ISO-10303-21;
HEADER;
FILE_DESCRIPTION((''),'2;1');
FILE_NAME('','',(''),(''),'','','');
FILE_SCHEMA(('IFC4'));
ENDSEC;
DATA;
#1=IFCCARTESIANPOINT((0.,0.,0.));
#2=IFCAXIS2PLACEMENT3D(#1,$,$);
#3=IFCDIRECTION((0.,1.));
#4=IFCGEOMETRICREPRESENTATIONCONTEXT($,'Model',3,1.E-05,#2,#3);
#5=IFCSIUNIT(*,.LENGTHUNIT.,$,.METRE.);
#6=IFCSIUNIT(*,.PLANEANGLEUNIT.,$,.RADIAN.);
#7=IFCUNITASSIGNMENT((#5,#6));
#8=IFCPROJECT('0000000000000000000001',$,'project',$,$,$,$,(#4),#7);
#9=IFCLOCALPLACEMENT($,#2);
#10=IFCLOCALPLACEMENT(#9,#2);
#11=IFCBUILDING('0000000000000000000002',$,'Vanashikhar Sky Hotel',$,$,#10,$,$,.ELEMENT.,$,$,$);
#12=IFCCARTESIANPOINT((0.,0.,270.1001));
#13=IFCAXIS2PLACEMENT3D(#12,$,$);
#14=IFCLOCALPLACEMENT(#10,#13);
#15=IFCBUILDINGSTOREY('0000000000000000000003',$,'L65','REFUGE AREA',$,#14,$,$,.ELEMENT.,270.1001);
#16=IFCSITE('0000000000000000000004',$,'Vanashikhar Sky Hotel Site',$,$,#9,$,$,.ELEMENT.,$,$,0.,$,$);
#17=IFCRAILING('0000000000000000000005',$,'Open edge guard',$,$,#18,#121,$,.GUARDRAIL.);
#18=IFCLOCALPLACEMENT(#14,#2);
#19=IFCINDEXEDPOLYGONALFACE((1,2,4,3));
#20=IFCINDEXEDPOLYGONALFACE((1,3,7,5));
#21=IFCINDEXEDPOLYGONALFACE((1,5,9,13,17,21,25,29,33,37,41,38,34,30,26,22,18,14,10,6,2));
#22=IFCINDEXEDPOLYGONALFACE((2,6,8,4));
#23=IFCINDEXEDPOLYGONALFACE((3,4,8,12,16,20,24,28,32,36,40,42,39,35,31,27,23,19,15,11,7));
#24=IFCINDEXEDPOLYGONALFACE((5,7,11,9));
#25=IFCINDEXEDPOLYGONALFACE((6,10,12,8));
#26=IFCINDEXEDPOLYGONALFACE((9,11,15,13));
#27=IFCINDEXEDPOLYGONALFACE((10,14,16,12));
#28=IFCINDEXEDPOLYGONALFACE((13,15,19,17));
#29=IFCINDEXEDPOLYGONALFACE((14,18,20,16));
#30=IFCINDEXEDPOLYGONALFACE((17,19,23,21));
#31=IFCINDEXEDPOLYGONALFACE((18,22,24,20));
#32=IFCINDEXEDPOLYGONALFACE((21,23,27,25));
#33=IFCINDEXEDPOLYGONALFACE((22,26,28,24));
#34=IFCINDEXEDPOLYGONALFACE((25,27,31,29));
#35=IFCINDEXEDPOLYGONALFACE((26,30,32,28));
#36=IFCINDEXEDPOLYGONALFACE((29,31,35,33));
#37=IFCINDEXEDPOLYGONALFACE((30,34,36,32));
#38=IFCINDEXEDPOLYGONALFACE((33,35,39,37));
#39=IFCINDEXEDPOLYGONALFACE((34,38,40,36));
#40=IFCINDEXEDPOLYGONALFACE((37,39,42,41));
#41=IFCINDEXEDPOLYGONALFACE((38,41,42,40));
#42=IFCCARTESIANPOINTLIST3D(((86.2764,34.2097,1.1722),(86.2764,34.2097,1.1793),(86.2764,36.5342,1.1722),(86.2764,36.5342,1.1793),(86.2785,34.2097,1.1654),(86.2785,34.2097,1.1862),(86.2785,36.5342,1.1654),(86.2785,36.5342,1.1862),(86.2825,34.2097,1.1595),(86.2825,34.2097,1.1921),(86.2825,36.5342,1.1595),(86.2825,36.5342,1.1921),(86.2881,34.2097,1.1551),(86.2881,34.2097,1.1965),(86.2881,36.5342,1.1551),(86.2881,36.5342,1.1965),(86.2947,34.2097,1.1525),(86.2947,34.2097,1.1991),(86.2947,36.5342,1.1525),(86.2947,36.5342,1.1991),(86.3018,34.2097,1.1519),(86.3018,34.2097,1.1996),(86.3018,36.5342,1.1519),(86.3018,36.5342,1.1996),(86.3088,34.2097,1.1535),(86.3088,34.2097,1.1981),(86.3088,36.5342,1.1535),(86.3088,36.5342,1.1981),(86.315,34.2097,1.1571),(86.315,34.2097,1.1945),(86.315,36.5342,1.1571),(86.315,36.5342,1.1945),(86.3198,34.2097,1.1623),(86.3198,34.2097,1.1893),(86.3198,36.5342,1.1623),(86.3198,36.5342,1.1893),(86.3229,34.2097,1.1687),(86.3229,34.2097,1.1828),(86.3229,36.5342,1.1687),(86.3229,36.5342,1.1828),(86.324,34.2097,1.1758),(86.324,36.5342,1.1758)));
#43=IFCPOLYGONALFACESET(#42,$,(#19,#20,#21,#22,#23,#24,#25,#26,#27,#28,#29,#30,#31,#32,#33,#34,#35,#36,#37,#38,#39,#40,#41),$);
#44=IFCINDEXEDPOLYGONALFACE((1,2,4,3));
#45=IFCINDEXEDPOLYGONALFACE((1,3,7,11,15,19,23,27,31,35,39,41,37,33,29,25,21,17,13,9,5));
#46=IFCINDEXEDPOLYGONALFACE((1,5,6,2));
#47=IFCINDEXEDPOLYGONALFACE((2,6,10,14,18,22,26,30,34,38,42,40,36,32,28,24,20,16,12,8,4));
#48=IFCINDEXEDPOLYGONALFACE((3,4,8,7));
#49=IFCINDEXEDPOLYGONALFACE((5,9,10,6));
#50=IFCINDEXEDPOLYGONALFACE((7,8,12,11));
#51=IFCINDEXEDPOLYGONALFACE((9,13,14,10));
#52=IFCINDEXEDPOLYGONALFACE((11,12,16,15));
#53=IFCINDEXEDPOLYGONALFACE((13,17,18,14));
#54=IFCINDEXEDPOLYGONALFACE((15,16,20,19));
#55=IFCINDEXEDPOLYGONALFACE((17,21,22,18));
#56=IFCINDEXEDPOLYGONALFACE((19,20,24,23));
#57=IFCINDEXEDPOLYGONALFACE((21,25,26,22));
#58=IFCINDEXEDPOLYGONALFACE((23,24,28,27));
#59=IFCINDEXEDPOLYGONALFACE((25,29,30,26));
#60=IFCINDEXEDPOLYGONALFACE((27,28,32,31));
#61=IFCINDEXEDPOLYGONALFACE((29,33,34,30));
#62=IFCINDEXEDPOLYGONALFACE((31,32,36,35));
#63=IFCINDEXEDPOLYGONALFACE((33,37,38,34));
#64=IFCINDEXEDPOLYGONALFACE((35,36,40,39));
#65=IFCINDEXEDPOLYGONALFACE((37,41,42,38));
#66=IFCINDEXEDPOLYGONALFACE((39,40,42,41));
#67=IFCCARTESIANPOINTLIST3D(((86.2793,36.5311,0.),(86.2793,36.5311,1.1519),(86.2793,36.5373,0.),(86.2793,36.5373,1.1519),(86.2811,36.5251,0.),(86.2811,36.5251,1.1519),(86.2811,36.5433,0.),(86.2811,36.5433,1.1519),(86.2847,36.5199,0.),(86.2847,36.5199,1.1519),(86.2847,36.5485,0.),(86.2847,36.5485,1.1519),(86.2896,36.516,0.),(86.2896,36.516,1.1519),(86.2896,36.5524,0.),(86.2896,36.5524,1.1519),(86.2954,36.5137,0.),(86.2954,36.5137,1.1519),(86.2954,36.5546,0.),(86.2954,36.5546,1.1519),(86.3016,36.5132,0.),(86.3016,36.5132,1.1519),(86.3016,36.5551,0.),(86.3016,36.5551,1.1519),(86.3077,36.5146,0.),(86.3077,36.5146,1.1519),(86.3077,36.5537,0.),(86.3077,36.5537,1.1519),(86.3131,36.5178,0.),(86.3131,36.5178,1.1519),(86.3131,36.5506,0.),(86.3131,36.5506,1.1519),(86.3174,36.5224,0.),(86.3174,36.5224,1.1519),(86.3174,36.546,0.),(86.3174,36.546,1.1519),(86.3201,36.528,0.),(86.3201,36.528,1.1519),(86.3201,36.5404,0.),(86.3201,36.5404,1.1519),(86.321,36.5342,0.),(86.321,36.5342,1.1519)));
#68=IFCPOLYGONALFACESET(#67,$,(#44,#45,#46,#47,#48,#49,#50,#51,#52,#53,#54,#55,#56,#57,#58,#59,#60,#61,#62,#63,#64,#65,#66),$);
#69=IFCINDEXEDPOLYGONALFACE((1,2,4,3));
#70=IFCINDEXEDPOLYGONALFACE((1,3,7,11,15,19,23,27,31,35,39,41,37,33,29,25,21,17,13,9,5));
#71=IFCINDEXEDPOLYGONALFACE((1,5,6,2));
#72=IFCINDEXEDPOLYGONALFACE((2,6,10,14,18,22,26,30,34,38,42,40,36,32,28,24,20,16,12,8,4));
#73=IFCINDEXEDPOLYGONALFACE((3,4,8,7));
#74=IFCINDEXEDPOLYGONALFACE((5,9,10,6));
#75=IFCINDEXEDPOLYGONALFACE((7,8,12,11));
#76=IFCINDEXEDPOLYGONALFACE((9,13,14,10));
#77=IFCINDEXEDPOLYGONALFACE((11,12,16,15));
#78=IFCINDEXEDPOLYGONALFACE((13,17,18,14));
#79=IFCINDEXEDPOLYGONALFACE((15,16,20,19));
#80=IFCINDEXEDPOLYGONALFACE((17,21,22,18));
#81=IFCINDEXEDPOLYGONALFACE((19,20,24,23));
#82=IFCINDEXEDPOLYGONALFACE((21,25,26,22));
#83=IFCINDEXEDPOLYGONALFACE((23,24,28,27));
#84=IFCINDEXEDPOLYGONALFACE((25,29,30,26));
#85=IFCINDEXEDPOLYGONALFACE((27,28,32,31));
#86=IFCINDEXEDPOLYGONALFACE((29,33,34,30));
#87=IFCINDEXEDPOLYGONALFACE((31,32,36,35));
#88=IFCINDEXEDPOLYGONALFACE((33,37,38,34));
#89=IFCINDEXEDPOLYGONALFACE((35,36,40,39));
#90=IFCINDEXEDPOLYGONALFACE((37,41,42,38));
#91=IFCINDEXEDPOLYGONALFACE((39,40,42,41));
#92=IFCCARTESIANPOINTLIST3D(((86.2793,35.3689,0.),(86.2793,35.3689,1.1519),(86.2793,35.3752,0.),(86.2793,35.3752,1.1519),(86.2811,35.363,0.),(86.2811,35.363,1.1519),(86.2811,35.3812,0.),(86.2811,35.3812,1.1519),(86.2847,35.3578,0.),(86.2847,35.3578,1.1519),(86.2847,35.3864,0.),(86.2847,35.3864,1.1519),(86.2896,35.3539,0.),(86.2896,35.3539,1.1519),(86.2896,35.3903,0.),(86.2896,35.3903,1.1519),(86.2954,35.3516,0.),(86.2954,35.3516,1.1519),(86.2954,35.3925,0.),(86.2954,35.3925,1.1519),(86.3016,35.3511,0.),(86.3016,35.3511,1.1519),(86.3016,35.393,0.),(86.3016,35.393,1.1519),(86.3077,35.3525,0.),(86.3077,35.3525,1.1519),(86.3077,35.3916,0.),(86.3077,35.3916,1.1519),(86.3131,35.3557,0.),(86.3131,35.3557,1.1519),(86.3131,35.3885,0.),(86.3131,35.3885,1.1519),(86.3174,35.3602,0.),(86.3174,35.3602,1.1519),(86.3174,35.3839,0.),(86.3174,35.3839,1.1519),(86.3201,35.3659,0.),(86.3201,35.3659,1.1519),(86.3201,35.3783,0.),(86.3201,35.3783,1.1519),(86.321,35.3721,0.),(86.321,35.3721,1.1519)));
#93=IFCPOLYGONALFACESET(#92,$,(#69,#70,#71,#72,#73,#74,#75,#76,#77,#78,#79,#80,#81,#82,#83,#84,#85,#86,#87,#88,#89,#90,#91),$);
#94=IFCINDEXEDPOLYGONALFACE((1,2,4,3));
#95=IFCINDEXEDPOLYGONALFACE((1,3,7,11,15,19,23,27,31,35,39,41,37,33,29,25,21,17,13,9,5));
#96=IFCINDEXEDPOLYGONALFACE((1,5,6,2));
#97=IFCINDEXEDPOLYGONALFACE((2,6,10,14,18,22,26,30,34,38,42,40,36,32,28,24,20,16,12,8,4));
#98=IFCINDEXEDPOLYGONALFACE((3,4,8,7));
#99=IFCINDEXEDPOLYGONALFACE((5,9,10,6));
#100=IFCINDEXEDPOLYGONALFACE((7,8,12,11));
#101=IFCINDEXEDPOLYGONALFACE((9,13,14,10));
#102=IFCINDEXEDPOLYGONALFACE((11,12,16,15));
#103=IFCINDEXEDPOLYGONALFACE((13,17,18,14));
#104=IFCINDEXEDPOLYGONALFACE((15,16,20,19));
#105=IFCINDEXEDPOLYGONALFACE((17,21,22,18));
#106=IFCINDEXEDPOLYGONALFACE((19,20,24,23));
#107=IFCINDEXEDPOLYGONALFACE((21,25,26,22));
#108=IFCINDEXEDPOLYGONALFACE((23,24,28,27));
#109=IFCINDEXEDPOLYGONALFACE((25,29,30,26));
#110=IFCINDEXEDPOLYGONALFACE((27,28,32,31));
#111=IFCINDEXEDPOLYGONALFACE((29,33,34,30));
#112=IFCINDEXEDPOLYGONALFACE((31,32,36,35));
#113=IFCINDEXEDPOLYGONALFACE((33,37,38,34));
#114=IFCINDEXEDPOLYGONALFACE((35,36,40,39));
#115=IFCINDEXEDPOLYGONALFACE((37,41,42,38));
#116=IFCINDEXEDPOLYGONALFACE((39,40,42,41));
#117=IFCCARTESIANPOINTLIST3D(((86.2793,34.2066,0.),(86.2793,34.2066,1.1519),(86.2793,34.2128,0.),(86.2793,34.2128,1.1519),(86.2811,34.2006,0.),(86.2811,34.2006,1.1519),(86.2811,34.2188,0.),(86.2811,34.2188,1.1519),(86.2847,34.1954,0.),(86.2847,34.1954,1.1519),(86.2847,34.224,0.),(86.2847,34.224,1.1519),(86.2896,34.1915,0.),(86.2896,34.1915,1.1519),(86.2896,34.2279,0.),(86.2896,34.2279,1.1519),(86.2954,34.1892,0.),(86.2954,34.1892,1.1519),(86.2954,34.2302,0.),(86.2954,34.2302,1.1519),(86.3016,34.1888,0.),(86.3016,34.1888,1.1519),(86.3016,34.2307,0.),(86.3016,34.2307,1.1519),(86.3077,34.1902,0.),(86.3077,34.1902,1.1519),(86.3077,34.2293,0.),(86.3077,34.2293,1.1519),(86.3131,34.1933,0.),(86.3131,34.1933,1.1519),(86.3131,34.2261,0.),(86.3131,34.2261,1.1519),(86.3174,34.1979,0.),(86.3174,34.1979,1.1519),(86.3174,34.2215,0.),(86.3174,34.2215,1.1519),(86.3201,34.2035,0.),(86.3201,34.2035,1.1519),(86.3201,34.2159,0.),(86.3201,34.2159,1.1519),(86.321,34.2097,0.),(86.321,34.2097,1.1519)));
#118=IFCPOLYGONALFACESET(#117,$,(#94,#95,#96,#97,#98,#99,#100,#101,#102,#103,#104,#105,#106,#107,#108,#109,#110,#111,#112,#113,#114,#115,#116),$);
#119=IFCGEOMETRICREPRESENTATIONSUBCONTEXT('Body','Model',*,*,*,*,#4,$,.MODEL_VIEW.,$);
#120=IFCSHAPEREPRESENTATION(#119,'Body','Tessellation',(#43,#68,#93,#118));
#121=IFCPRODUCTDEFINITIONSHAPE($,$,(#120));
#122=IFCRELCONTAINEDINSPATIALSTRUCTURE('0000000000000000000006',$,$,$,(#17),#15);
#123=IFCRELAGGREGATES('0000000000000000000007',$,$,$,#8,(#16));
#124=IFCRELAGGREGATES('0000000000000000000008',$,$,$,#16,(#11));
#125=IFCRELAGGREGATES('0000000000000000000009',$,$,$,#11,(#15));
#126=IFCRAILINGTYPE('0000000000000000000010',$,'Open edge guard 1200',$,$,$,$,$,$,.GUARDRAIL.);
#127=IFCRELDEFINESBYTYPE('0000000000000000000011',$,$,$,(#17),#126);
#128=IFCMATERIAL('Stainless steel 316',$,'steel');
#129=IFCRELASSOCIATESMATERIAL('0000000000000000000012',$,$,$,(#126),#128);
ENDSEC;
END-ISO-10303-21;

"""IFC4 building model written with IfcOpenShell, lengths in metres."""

from ifc_helpers import new_model, si_unit, direction, frame, origin, origin_2d, place, context, subcontext, project, spatial, circle, extrude, source, transform, mapped, material, type_object, element, save


model = new_model("IFC4")

# Units and contexts
model_context = context("Model", 3, precision=1e-05, world=origin(), true_north=direction((0.0, 1.0)))
body_context = subcontext(model_context, "Body", "Model", "MODEL_VIEW")
ifc_project = project(units=[si_unit("LENGTHUNIT", "METRE"), si_unit("PLANEANGLEUNIT", "RADIAN")], contexts=[model_context])

# Site, building, storey
site_placement = place(None, origin())
site = spatial("IfcSite", under=ifc_project, at=site_placement, Name="Vanashikhar Sky Hotel Site", CompositionType="ELEMENT", RefElevation=0.0)
building_placement = place(site_placement, origin())
building = spatial("IfcBuilding", under=site, at=building_placement, Name="Vanashikhar Sky Hotel", CompositionType="ELEMENT")
storey_placement = place(building_placement, frame((0.0, 0.0, 270.1001)))
storey = spatial("IfcBuildingStorey", under=building, at=storey_placement, Name="L65", Description="REFUGE AREA", CompositionType="ELEMENT", Elevation=270.1001)

# Railing
ifc_material_1 = material(Name="Stainless steel 316", Category="steel")
railing_type_1 = type_object("IfcRailingType", Name="Open edge guard 1200", PredefinedType="GUARDRAIL", material=ifc_material_1)
shared_shape_1 = source(origin(), body_context, "Body", "SweptSolid", [
    extrude(circle(Radius=0.0239, at=origin_2d()), frame((0.0, 0.0, 1.1758), z_axis=(0.0, -1.0, 0.0), x_axis=(1.0, 0.0, 0.0)), (0.0, 0.0, 1.0), 2.3245),
    extrude(circle(Radius=0.021, at=origin_2d()), origin(), (0.0, 0.0, 1.0), 1.1519),
    extrude(circle(Radius=0.021, at=origin_2d()), frame((0.0, -1.1621, 0.0)), (0.0, 0.0, 1.0), 1.1519),
    extrude(circle(Radius=0.021, at=origin_2d()), frame((0.0, -2.3245, 0.0)), (0.0, 0.0, 1.0), 1.1519),
])
for number, where, name in (
    (1, (86.3, 36.5342, 0.0), "Open edge guard"),
):
    element("IfcRailing", number, at=place(storey_placement, frame(where)), inside=storey, type_object=railing_type_1, Name=name, PredefinedType="GUARDRAIL", context=body_context, shape_type="MappedRepresentation", body=[
        mapped(shared_shape_1, transform((0.0, 0.0, 0.0), scale=1.0)),
    ])

save(model, "model.ifc")
